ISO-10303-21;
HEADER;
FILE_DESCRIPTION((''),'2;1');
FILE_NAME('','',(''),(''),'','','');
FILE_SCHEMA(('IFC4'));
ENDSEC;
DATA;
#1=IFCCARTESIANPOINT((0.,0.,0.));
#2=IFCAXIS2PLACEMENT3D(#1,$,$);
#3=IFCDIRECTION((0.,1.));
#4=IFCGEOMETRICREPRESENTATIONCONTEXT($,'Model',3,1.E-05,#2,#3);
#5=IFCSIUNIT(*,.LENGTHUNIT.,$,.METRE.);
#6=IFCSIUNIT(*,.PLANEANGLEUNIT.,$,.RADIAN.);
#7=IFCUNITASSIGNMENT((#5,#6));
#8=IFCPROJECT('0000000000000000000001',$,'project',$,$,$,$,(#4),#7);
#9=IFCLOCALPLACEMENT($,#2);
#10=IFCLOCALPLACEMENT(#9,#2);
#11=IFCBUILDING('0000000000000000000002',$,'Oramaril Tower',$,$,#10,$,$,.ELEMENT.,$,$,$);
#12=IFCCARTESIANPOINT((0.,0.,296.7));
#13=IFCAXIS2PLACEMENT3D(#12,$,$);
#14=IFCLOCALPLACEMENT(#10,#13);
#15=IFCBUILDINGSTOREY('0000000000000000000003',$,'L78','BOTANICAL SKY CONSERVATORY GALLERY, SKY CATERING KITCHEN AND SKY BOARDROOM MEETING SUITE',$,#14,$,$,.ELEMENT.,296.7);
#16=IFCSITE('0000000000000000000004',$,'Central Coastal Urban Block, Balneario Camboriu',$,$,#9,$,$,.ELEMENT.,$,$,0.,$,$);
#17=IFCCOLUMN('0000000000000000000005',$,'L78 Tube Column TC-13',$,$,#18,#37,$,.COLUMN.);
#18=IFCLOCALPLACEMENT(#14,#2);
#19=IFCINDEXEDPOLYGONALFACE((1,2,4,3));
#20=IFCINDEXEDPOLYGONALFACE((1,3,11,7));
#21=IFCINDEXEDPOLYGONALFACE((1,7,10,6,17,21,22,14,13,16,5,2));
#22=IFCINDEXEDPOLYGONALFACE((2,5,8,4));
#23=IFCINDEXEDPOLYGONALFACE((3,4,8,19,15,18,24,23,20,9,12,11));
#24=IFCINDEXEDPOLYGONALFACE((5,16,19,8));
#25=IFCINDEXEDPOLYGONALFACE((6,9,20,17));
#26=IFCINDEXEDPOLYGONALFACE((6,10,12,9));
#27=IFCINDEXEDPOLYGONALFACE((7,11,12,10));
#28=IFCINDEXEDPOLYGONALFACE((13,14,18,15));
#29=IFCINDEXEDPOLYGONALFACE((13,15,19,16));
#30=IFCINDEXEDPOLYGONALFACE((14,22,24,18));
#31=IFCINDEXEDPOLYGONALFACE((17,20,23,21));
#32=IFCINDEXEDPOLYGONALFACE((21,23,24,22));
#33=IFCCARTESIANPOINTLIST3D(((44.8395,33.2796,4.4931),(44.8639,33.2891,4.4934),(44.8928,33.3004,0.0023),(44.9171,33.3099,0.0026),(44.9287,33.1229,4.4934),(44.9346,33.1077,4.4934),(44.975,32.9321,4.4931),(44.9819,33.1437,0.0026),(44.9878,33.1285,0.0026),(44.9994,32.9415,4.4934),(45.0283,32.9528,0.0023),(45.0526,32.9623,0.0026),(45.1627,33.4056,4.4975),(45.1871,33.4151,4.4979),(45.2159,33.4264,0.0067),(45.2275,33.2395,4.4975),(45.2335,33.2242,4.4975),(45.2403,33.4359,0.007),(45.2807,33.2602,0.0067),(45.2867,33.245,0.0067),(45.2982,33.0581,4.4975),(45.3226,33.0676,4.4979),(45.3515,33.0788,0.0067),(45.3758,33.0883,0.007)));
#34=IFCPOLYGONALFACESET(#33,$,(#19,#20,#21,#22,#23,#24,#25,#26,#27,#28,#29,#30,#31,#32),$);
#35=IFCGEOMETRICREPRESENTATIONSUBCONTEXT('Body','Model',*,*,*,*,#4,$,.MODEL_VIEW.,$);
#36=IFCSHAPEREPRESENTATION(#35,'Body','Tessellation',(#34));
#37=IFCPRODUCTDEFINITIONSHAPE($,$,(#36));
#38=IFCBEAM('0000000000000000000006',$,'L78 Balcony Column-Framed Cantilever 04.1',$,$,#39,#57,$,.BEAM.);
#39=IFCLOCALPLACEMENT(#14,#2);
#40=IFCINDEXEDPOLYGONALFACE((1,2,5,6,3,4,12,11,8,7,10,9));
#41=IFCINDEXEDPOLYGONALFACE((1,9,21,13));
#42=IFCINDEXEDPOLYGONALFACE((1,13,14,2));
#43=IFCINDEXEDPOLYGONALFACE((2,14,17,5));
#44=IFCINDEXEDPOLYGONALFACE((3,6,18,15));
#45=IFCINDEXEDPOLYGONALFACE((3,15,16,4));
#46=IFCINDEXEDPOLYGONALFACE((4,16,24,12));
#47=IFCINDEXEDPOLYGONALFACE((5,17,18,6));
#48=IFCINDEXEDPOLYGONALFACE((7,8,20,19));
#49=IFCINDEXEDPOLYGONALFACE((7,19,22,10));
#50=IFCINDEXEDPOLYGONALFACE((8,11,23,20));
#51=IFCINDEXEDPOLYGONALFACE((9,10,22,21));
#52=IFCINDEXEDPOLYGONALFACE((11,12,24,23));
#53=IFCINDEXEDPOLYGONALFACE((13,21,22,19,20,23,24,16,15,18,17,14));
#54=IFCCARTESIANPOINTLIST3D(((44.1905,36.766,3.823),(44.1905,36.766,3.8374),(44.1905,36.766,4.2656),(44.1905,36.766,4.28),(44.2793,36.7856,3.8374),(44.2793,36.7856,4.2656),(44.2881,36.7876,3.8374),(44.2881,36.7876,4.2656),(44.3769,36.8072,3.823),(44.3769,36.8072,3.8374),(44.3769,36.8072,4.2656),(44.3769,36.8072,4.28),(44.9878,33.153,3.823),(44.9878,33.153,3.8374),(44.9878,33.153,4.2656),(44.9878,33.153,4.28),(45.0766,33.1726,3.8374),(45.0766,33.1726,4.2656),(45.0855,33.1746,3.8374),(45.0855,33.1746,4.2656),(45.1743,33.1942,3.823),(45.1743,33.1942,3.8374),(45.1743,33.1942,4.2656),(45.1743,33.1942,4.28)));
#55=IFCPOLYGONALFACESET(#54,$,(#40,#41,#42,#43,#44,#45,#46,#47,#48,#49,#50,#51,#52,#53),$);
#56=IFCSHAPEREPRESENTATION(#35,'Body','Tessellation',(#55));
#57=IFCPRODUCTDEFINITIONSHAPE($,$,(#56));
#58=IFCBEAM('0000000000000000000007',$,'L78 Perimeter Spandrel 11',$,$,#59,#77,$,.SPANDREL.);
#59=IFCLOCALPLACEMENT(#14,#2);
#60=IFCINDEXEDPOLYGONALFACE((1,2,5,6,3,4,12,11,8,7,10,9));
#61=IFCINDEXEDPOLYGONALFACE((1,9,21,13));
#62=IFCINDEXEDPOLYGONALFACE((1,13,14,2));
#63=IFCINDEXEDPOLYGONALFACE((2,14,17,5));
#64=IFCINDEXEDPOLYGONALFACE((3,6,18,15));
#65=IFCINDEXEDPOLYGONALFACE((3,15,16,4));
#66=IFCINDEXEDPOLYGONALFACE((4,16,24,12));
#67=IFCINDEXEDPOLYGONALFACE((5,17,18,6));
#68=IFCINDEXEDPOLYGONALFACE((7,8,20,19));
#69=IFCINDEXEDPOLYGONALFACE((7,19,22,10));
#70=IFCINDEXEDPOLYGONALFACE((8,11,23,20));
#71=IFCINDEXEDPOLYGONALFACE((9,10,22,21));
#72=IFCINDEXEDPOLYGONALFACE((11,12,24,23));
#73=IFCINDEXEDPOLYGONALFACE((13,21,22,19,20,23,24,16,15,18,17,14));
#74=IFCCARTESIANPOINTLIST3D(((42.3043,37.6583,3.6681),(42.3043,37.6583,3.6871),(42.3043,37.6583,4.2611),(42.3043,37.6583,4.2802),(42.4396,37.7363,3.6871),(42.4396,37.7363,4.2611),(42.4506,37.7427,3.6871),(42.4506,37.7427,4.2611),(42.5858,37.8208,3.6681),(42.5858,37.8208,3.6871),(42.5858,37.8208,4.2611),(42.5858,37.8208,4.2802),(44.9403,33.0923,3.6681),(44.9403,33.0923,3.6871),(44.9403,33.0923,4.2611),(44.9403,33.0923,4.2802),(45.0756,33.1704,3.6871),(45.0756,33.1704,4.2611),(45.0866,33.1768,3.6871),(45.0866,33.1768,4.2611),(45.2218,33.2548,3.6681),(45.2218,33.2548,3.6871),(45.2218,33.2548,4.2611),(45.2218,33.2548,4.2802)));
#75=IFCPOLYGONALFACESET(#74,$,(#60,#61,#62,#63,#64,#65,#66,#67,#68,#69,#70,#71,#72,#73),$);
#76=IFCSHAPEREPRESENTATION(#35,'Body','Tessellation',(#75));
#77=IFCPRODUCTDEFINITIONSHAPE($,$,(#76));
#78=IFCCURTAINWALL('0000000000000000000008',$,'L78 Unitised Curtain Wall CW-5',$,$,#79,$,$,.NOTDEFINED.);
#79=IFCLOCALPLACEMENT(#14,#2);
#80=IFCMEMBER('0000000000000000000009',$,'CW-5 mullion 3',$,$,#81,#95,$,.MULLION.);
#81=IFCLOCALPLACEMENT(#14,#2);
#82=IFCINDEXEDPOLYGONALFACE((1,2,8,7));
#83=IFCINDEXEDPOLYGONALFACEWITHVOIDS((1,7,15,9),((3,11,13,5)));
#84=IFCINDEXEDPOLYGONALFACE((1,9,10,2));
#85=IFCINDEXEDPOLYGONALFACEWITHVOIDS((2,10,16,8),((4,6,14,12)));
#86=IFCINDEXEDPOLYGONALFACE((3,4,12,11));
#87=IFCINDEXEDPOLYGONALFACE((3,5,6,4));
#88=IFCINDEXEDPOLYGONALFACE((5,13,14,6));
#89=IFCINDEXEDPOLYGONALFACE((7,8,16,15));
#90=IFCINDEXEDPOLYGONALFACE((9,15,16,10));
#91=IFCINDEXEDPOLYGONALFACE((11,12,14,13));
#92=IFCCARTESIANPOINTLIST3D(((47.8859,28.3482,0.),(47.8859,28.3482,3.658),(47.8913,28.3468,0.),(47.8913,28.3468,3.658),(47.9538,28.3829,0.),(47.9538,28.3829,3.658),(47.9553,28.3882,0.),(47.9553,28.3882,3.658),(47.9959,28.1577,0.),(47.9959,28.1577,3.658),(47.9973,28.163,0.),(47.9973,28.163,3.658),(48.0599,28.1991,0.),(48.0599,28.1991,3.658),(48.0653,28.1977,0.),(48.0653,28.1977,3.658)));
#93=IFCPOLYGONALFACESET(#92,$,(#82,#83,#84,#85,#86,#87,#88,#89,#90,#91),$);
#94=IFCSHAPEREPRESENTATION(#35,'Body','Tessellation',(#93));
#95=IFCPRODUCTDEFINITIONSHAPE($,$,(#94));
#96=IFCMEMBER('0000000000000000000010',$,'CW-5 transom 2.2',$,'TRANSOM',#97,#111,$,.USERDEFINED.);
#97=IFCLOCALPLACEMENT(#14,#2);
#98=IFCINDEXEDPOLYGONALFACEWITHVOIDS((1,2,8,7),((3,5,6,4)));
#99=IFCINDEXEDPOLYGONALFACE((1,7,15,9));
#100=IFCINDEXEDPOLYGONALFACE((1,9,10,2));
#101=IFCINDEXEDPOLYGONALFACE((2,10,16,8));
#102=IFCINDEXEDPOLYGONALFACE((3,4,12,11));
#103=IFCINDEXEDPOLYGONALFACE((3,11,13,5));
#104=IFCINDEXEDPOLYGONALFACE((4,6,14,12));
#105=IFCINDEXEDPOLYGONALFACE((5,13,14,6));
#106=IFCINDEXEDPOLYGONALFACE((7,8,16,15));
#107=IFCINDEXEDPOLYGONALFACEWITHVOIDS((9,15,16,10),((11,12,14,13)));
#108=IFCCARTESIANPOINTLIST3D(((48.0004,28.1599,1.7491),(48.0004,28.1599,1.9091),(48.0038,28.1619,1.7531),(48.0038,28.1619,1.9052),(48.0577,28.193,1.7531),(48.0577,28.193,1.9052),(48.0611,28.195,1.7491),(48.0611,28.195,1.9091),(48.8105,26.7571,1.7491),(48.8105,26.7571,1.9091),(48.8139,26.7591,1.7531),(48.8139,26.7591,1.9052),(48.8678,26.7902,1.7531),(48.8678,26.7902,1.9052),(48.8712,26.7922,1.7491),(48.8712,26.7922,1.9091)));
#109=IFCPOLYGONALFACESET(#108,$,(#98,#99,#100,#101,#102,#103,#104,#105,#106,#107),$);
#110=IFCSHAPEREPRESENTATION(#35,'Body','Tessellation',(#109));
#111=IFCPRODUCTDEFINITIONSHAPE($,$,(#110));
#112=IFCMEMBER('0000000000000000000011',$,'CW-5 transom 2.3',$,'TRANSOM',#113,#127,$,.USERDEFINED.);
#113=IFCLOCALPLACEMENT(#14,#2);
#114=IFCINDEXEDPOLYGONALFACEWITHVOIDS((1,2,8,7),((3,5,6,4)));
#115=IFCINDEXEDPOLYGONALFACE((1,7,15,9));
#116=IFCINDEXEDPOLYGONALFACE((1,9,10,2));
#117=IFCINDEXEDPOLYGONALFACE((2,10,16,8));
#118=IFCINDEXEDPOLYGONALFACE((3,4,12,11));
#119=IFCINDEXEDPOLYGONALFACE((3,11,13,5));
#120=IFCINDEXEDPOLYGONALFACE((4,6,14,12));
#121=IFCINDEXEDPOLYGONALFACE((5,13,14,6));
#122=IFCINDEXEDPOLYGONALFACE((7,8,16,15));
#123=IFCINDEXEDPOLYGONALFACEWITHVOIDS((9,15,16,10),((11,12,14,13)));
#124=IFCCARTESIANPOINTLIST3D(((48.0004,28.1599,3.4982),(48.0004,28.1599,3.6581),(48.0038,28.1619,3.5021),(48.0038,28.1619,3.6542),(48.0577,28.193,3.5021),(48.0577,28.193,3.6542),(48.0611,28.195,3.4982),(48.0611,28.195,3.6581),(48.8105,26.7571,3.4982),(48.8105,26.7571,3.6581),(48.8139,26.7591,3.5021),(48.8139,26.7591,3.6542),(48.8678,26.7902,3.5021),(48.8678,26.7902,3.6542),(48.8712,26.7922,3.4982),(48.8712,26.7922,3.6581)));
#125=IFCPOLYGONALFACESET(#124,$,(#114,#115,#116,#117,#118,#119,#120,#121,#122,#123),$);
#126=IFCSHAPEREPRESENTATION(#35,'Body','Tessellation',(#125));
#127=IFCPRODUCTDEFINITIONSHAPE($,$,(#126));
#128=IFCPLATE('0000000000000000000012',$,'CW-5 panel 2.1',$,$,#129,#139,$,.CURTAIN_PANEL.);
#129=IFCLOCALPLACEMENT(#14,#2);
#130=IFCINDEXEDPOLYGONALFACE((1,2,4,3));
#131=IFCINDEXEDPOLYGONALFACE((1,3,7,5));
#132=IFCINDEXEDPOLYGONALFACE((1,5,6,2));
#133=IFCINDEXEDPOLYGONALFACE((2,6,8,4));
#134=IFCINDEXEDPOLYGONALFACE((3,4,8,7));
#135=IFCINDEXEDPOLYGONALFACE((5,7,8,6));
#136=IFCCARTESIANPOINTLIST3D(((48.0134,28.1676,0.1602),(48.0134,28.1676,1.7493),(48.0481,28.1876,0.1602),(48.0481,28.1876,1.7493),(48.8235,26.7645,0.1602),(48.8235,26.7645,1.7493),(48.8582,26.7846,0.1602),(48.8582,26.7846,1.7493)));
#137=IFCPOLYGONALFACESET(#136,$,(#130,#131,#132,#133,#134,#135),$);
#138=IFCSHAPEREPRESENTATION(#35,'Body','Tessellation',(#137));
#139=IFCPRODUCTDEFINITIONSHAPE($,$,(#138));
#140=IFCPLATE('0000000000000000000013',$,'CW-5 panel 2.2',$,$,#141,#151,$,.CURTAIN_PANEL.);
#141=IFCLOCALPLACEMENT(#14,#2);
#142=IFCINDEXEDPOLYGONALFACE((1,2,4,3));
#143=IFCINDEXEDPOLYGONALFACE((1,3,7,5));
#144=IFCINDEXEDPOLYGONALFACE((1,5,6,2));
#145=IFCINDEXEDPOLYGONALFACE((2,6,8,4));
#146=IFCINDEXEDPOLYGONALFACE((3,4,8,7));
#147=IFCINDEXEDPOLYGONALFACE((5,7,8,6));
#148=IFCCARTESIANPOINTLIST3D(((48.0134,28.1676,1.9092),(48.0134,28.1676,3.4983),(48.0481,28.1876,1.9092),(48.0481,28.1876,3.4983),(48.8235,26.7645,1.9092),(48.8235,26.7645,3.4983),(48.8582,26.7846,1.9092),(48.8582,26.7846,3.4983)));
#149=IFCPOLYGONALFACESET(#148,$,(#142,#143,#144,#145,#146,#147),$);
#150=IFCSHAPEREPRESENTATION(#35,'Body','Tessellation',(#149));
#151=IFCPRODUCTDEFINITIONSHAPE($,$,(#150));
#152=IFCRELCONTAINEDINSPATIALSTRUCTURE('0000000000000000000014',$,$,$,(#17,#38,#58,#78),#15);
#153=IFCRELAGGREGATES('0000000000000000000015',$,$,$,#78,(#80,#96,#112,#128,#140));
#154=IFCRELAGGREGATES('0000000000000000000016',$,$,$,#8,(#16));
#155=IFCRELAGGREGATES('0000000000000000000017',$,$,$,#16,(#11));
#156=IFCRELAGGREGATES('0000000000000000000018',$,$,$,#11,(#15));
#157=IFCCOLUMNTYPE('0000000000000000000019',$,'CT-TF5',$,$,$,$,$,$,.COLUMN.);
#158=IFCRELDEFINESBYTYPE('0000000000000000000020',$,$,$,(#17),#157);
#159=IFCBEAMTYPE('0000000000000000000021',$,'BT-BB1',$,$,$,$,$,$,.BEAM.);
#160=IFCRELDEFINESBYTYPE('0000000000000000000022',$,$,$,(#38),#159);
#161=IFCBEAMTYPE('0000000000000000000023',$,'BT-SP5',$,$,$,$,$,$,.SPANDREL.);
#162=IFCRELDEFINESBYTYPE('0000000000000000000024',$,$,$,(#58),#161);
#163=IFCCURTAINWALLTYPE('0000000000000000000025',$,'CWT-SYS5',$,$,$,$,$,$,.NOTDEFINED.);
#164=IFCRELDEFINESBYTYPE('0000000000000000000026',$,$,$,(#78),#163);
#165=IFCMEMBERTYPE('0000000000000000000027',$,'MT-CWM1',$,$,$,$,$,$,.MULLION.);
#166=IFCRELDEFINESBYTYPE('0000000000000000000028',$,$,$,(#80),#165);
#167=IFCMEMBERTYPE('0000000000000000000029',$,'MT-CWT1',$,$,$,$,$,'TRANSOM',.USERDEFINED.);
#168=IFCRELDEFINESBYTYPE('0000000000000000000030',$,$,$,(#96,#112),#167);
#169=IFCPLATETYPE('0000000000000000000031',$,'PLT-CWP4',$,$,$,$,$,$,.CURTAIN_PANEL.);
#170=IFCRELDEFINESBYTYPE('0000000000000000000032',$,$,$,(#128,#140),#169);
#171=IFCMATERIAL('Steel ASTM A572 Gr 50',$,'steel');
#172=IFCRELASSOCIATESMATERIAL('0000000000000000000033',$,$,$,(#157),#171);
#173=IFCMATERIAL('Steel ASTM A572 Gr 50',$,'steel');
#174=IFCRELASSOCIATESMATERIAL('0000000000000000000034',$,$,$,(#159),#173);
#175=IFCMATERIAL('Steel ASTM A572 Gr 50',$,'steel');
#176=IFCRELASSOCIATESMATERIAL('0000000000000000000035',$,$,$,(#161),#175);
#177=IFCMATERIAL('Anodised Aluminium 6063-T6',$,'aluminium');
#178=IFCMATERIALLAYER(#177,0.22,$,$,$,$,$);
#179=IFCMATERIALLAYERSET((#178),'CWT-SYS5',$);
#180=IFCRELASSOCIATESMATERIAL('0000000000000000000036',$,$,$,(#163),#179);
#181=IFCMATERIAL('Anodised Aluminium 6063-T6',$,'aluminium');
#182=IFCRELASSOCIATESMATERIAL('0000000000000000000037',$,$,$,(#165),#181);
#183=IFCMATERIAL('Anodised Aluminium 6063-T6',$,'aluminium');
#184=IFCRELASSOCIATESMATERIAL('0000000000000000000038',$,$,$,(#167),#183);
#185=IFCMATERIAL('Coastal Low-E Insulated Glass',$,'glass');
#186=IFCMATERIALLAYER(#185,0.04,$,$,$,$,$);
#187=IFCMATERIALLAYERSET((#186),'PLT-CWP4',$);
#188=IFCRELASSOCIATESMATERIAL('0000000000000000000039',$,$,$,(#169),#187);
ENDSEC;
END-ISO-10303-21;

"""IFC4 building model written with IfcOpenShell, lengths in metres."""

from ifc_helpers import new_model, si_unit, direction, frame, origin, origin_2d, place, context, subcontext, project, spatial, rectangle, hollow_rectangle, i_section, extrude, material, layer, layer_set, material_profile, profile_set, type_object, element, aggregate, save


model = new_model("IFC4")

# Units and contexts
model_context = context("Model", 3, precision=1e-05, world=origin(), true_north=direction((0.0, 1.0)))
body_context = subcontext(model_context, "Body", "Model", "MODEL_VIEW")
ifc_project = project(units=[si_unit("LENGTHUNIT", "METRE"), si_unit("PLANEANGLEUNIT", "RADIAN")], contexts=[model_context])

# Site, building, storey
site_placement = place(None, origin())
site = spatial("IfcSite", under=ifc_project, at=site_placement, Name="Central Coastal Urban Block, Balneario Camboriu", CompositionType="ELEMENT", RefElevation=0.0)
building_placement = place(site_placement, origin())
building = spatial("IfcBuilding", under=site, at=building_placement, Name="Oramaril Tower", CompositionType="ELEMENT")
storey_placement = place(building_placement, frame((0.0, 0.0, 296.7)))
storey = spatial("IfcBuildingStorey", under=building, at=storey_placement, Name="L78", Description="BOTANICAL SKY CONSERVATORY GALLERY, SKY CATERING KITCHEN AND SKY BOARDROOM MEETING SUITE", CompositionType="ELEMENT", Elevation=296.7)

# Column
ifc_material_1 = material(Name="Steel ASTM A572 Gr 50", Category="steel")
ifc_material_profile_1 = material_profile(ifc_material_1, i_section(OverallWidth=0.373, OverallDepth=0.373, WebThickness=0.0164, FlangeThickness=0.0261, at=origin_2d()), Name="W14X132")
ifc_profile_set_1 = profile_set([ifc_material_profile_1], Name="Steel ASTM A572 Gr 50")
column_type = type_object("IfcColumnType", Name="CT-TF5", PredefinedType="COLUMN", material=ifc_profile_set_1)
column_placement = place(storey_placement, frame((45.1343, 33.1943, 0.0046), z_axis=(-0.01185, -0.00462, 0.999919), x_axis=(0.363271, -0.931683, 0.0)))
element("IfcColumn", 1, at=column_placement, inside=storey, type_object=column_type, Name="L78 Tube Column TC-13", PredefinedType="COLUMN", context=body_context, shape_type="SweptSolid", body=[
    extrude(i_section(OverallWidth=0.373, OverallDepth=0.373, WebThickness=0.0164, FlangeThickness=0.0261, at=origin_2d()), origin(), (0.0, 0.0, 1.0), 4.4912),
])

# Beams
ifc_material_2 = material(Name="Steel ASTM A572 Gr 50", Category="steel")
ifc_material_profile_2 = material_profile(ifc_material_2, i_section(OverallWidth=0.1909, OverallDepth=0.457, WebThickness=0.009, FlangeThickness=0.0144, at=origin_2d()), Name="W18X50")
ifc_profile_set_2 = profile_set([ifc_material_profile_2], Name="Steel ASTM A572 Gr 50")
beam_type_1 = type_object("IfcBeamType", Name="BT-BB1", PredefinedType="BEAM", material=ifc_profile_set_2)
beam_1_placement = place(storey_placement, frame((45.0811, 33.1736, 4.0515), z_axis=(-0.215505, 0.976503, 0.0), x_axis=(-0.976503, -0.215505, 0.0)))
element("IfcBeam", 2, at=beam_1_placement, inside=storey, type_object=beam_type_1, Name="L78 Balcony Column-Framed Cantilever 04.1", PredefinedType="BEAM", context=body_context, shape_type="SweptSolid", body=[
    extrude(i_section(OverallWidth=0.1909, OverallDepth=0.457, WebThickness=0.009, FlangeThickness=0.0144, at=origin_2d()), origin(), (0.0, 0.0, 1.0), 3.7),
])
ifc_material_3 = material(Name="Steel ASTM A572 Gr 50", Category="steel")
ifc_material_profile_3 = material_profile(ifc_material_3, i_section(OverallWidth=0.325, OverallDepth=0.6121, WebThickness=0.0127, FlangeThickness=0.019, at=origin_2d()), Name="W24X104")
ifc_profile_set_3 = profile_set([ifc_material_profile_3], Name="Steel ASTM A572 Gr 50")
beam_type_2 = type_object("IfcBeamType", Name="BT-SP5", PredefinedType="SPANDREL", material=ifc_profile_set_3)
beam_2_placement = place(storey_placement, frame((45.0811, 33.1736, 3.9741), z_axis=(-0.499979, 0.866038, 0.0), x_axis=(-0.866038, -0.499979, 0.0)))
element("IfcBeam", 3, at=beam_2_placement, inside=storey, type_object=beam_type_2, Name="L78 Perimeter Spandrel 11", PredefinedType="SPANDREL", context=body_context, shape_type="SweptSolid", body=[
    extrude(i_section(OverallWidth=0.325, OverallDepth=0.6121, WebThickness=0.0127, FlangeThickness=0.019, at=origin_2d()), origin(), (0.0, 0.0, 1.0), 5.2722),
])

# Curtain wall, members, plates
ifc_material_4 = material(Name="Anodised Aluminium 6063-T6", Category="aluminium")
ifc_layer_1 = layer(ifc_material_4, 0.22)
ifc_layer_set_1 = layer_set([ifc_layer_1], Name="CWT-SYS5")
curtain_wall_type = type_object("IfcCurtainWallType", Name="CWT-SYS5", PredefinedType="NOTDEFINED", material=ifc_layer_set_1)
curtain_wall_placement = place(storey_placement, origin())
curtain_wall = element("IfcCurtainWall", 4, at=curtain_wall_placement, inside=storey, type_object=curtain_wall_type, Name="L78 Unitised Curtain Wall CW-5", PredefinedType="NOTDEFINED")
ifc_material_5 = material(Name="Anodised Aluminium 6063-T6", Category="aluminium")
ifc_material_profile_4 = material_profile(ifc_material_5, hollow_rectangle(XDim=0.0801, YDim=0.22, WallThickness=0.0039, at=origin_2d()), Name="CWM220X80")
ifc_profile_set_4 = profile_set([ifc_material_profile_4], Name="Anodised Aluminium 6063-T6")
member_type_1 = type_object("IfcMemberType", Name="MT-CWM1", PredefinedType="MULLION", material=ifc_profile_set_4)
member_1_placement = place(storey_placement, frame((47.9756, 28.2729, 0.0), z_axis=(0.0, 0.0, 1.0), x_axis=(-0.866025, -0.5, 0.0)))
member_1 = element("IfcMember", 5, at=member_1_placement, type_object=member_type_1, Name="CW-5 mullion 3", PredefinedType="MULLION", context=body_context, shape_type="SweptSolid", body=[
    extrude(hollow_rectangle(XDim=0.0801, YDim=0.22, WallThickness=0.0039, at=origin_2d()), origin(), (0.0, 0.0, 1.0), 3.658),
])
ifc_material_6 = material(Name="Anodised Aluminium 6063-T6", Category="aluminium")
ifc_material_profile_5 = material_profile(ifc_material_6, hollow_rectangle(XDim=0.0701, YDim=0.1599, WallThickness=0.0039, at=origin_2d()), Name="CWT160X70")
ifc_profile_set_5 = profile_set([ifc_material_profile_5], Name="Anodised Aluminium 6063-T6")
member_type_2 = type_object("IfcMemberType", Name="MT-CWT1", ElementType="TRANSOM", PredefinedType="USERDEFINED", material=ifc_profile_set_5)
member_2_placement = place(storey_placement, frame((48.8408, 26.7747, 1.8291), z_axis=(-0.500062, 0.86599, 0.0), x_axis=(-0.86599, -0.500062, 0.0)))
member_2 = element("IfcMember", 6, at=member_2_placement, type_object=member_type_2, Name="CW-5 transom 2.2", ObjectType="TRANSOM", PredefinedType="USERDEFINED", context=body_context, shape_type="SweptSolid", body=[
    extrude(hollow_rectangle(XDim=0.0701, YDim=0.1599, WallThickness=0.0039, at=origin_2d()), origin(), (0.0, 0.0, 1.0), 1.6199),
])
member_3_placement = place(storey_placement, frame((48.8408, 26.7747, 3.5781), z_axis=(-0.500062, 0.86599, 0.0), x_axis=(-0.86599, -0.500062, 0.0)))
member_3 = element("IfcMember", 7, at=member_3_placement, type_object=member_type_2, Name="CW-5 transom 2.3", ObjectType="TRANSOM", PredefinedType="USERDEFINED", context=body_context, shape_type="SweptSolid", body=[
    extrude(hollow_rectangle(XDim=0.0701, YDim=0.1599, WallThickness=0.0039, at=origin_2d()), origin(), (0.0, 0.0, 1.0), 1.6199),
])
ifc_material_7 = material(Name="Coastal Low-E Insulated Glass", Category="glass")
ifc_layer_2 = layer(ifc_material_7, 0.04)
ifc_layer_set_2 = layer_set([ifc_layer_2], Name="PLT-CWP4")
plate_type = type_object("IfcPlateType", Name="PLT-CWP4", PredefinedType="CURTAIN_PANEL", material=ifc_layer_set_2)
plate_1_placement = place(storey_placement, frame((48.4358, 27.4761, 0.1602), z_axis=(0.0, 0.0, 1.0), x_axis=(-0.5, 0.866025, 0.0)))
plate_1 = element("IfcPlate", 8, at=plate_1_placement, type_object=plate_type, Name="CW-5 panel 2.1", PredefinedType="CURTAIN_PANEL", context=body_context, shape_type="SweptSolid", body=[
    extrude(rectangle(XDim=1.6201, YDim=0.04, at=origin_2d()), origin(), (0.0, 0.0, 1.0), 1.5891),
])
plate_2_placement = place(storey_placement, frame((48.4358, 27.4761, 1.9092), z_axis=(0.0, 0.0, 1.0), x_axis=(-0.5, 0.866025, 0.0)))
plate_2 = element("IfcPlate", 9, at=plate_2_placement, type_object=plate_type, Name="CW-5 panel 2.2", PredefinedType="CURTAIN_PANEL", context=body_context, shape_type="SweptSolid", body=[
    extrude(rectangle(XDim=1.6201, YDim=0.04, at=origin_2d()), origin(), (0.0, 0.0, 1.0), 1.5891),
])
aggregate(curtain_wall, [member_1, member_2, member_3, plate_1, plate_2])

save(model, "model.ifc")
